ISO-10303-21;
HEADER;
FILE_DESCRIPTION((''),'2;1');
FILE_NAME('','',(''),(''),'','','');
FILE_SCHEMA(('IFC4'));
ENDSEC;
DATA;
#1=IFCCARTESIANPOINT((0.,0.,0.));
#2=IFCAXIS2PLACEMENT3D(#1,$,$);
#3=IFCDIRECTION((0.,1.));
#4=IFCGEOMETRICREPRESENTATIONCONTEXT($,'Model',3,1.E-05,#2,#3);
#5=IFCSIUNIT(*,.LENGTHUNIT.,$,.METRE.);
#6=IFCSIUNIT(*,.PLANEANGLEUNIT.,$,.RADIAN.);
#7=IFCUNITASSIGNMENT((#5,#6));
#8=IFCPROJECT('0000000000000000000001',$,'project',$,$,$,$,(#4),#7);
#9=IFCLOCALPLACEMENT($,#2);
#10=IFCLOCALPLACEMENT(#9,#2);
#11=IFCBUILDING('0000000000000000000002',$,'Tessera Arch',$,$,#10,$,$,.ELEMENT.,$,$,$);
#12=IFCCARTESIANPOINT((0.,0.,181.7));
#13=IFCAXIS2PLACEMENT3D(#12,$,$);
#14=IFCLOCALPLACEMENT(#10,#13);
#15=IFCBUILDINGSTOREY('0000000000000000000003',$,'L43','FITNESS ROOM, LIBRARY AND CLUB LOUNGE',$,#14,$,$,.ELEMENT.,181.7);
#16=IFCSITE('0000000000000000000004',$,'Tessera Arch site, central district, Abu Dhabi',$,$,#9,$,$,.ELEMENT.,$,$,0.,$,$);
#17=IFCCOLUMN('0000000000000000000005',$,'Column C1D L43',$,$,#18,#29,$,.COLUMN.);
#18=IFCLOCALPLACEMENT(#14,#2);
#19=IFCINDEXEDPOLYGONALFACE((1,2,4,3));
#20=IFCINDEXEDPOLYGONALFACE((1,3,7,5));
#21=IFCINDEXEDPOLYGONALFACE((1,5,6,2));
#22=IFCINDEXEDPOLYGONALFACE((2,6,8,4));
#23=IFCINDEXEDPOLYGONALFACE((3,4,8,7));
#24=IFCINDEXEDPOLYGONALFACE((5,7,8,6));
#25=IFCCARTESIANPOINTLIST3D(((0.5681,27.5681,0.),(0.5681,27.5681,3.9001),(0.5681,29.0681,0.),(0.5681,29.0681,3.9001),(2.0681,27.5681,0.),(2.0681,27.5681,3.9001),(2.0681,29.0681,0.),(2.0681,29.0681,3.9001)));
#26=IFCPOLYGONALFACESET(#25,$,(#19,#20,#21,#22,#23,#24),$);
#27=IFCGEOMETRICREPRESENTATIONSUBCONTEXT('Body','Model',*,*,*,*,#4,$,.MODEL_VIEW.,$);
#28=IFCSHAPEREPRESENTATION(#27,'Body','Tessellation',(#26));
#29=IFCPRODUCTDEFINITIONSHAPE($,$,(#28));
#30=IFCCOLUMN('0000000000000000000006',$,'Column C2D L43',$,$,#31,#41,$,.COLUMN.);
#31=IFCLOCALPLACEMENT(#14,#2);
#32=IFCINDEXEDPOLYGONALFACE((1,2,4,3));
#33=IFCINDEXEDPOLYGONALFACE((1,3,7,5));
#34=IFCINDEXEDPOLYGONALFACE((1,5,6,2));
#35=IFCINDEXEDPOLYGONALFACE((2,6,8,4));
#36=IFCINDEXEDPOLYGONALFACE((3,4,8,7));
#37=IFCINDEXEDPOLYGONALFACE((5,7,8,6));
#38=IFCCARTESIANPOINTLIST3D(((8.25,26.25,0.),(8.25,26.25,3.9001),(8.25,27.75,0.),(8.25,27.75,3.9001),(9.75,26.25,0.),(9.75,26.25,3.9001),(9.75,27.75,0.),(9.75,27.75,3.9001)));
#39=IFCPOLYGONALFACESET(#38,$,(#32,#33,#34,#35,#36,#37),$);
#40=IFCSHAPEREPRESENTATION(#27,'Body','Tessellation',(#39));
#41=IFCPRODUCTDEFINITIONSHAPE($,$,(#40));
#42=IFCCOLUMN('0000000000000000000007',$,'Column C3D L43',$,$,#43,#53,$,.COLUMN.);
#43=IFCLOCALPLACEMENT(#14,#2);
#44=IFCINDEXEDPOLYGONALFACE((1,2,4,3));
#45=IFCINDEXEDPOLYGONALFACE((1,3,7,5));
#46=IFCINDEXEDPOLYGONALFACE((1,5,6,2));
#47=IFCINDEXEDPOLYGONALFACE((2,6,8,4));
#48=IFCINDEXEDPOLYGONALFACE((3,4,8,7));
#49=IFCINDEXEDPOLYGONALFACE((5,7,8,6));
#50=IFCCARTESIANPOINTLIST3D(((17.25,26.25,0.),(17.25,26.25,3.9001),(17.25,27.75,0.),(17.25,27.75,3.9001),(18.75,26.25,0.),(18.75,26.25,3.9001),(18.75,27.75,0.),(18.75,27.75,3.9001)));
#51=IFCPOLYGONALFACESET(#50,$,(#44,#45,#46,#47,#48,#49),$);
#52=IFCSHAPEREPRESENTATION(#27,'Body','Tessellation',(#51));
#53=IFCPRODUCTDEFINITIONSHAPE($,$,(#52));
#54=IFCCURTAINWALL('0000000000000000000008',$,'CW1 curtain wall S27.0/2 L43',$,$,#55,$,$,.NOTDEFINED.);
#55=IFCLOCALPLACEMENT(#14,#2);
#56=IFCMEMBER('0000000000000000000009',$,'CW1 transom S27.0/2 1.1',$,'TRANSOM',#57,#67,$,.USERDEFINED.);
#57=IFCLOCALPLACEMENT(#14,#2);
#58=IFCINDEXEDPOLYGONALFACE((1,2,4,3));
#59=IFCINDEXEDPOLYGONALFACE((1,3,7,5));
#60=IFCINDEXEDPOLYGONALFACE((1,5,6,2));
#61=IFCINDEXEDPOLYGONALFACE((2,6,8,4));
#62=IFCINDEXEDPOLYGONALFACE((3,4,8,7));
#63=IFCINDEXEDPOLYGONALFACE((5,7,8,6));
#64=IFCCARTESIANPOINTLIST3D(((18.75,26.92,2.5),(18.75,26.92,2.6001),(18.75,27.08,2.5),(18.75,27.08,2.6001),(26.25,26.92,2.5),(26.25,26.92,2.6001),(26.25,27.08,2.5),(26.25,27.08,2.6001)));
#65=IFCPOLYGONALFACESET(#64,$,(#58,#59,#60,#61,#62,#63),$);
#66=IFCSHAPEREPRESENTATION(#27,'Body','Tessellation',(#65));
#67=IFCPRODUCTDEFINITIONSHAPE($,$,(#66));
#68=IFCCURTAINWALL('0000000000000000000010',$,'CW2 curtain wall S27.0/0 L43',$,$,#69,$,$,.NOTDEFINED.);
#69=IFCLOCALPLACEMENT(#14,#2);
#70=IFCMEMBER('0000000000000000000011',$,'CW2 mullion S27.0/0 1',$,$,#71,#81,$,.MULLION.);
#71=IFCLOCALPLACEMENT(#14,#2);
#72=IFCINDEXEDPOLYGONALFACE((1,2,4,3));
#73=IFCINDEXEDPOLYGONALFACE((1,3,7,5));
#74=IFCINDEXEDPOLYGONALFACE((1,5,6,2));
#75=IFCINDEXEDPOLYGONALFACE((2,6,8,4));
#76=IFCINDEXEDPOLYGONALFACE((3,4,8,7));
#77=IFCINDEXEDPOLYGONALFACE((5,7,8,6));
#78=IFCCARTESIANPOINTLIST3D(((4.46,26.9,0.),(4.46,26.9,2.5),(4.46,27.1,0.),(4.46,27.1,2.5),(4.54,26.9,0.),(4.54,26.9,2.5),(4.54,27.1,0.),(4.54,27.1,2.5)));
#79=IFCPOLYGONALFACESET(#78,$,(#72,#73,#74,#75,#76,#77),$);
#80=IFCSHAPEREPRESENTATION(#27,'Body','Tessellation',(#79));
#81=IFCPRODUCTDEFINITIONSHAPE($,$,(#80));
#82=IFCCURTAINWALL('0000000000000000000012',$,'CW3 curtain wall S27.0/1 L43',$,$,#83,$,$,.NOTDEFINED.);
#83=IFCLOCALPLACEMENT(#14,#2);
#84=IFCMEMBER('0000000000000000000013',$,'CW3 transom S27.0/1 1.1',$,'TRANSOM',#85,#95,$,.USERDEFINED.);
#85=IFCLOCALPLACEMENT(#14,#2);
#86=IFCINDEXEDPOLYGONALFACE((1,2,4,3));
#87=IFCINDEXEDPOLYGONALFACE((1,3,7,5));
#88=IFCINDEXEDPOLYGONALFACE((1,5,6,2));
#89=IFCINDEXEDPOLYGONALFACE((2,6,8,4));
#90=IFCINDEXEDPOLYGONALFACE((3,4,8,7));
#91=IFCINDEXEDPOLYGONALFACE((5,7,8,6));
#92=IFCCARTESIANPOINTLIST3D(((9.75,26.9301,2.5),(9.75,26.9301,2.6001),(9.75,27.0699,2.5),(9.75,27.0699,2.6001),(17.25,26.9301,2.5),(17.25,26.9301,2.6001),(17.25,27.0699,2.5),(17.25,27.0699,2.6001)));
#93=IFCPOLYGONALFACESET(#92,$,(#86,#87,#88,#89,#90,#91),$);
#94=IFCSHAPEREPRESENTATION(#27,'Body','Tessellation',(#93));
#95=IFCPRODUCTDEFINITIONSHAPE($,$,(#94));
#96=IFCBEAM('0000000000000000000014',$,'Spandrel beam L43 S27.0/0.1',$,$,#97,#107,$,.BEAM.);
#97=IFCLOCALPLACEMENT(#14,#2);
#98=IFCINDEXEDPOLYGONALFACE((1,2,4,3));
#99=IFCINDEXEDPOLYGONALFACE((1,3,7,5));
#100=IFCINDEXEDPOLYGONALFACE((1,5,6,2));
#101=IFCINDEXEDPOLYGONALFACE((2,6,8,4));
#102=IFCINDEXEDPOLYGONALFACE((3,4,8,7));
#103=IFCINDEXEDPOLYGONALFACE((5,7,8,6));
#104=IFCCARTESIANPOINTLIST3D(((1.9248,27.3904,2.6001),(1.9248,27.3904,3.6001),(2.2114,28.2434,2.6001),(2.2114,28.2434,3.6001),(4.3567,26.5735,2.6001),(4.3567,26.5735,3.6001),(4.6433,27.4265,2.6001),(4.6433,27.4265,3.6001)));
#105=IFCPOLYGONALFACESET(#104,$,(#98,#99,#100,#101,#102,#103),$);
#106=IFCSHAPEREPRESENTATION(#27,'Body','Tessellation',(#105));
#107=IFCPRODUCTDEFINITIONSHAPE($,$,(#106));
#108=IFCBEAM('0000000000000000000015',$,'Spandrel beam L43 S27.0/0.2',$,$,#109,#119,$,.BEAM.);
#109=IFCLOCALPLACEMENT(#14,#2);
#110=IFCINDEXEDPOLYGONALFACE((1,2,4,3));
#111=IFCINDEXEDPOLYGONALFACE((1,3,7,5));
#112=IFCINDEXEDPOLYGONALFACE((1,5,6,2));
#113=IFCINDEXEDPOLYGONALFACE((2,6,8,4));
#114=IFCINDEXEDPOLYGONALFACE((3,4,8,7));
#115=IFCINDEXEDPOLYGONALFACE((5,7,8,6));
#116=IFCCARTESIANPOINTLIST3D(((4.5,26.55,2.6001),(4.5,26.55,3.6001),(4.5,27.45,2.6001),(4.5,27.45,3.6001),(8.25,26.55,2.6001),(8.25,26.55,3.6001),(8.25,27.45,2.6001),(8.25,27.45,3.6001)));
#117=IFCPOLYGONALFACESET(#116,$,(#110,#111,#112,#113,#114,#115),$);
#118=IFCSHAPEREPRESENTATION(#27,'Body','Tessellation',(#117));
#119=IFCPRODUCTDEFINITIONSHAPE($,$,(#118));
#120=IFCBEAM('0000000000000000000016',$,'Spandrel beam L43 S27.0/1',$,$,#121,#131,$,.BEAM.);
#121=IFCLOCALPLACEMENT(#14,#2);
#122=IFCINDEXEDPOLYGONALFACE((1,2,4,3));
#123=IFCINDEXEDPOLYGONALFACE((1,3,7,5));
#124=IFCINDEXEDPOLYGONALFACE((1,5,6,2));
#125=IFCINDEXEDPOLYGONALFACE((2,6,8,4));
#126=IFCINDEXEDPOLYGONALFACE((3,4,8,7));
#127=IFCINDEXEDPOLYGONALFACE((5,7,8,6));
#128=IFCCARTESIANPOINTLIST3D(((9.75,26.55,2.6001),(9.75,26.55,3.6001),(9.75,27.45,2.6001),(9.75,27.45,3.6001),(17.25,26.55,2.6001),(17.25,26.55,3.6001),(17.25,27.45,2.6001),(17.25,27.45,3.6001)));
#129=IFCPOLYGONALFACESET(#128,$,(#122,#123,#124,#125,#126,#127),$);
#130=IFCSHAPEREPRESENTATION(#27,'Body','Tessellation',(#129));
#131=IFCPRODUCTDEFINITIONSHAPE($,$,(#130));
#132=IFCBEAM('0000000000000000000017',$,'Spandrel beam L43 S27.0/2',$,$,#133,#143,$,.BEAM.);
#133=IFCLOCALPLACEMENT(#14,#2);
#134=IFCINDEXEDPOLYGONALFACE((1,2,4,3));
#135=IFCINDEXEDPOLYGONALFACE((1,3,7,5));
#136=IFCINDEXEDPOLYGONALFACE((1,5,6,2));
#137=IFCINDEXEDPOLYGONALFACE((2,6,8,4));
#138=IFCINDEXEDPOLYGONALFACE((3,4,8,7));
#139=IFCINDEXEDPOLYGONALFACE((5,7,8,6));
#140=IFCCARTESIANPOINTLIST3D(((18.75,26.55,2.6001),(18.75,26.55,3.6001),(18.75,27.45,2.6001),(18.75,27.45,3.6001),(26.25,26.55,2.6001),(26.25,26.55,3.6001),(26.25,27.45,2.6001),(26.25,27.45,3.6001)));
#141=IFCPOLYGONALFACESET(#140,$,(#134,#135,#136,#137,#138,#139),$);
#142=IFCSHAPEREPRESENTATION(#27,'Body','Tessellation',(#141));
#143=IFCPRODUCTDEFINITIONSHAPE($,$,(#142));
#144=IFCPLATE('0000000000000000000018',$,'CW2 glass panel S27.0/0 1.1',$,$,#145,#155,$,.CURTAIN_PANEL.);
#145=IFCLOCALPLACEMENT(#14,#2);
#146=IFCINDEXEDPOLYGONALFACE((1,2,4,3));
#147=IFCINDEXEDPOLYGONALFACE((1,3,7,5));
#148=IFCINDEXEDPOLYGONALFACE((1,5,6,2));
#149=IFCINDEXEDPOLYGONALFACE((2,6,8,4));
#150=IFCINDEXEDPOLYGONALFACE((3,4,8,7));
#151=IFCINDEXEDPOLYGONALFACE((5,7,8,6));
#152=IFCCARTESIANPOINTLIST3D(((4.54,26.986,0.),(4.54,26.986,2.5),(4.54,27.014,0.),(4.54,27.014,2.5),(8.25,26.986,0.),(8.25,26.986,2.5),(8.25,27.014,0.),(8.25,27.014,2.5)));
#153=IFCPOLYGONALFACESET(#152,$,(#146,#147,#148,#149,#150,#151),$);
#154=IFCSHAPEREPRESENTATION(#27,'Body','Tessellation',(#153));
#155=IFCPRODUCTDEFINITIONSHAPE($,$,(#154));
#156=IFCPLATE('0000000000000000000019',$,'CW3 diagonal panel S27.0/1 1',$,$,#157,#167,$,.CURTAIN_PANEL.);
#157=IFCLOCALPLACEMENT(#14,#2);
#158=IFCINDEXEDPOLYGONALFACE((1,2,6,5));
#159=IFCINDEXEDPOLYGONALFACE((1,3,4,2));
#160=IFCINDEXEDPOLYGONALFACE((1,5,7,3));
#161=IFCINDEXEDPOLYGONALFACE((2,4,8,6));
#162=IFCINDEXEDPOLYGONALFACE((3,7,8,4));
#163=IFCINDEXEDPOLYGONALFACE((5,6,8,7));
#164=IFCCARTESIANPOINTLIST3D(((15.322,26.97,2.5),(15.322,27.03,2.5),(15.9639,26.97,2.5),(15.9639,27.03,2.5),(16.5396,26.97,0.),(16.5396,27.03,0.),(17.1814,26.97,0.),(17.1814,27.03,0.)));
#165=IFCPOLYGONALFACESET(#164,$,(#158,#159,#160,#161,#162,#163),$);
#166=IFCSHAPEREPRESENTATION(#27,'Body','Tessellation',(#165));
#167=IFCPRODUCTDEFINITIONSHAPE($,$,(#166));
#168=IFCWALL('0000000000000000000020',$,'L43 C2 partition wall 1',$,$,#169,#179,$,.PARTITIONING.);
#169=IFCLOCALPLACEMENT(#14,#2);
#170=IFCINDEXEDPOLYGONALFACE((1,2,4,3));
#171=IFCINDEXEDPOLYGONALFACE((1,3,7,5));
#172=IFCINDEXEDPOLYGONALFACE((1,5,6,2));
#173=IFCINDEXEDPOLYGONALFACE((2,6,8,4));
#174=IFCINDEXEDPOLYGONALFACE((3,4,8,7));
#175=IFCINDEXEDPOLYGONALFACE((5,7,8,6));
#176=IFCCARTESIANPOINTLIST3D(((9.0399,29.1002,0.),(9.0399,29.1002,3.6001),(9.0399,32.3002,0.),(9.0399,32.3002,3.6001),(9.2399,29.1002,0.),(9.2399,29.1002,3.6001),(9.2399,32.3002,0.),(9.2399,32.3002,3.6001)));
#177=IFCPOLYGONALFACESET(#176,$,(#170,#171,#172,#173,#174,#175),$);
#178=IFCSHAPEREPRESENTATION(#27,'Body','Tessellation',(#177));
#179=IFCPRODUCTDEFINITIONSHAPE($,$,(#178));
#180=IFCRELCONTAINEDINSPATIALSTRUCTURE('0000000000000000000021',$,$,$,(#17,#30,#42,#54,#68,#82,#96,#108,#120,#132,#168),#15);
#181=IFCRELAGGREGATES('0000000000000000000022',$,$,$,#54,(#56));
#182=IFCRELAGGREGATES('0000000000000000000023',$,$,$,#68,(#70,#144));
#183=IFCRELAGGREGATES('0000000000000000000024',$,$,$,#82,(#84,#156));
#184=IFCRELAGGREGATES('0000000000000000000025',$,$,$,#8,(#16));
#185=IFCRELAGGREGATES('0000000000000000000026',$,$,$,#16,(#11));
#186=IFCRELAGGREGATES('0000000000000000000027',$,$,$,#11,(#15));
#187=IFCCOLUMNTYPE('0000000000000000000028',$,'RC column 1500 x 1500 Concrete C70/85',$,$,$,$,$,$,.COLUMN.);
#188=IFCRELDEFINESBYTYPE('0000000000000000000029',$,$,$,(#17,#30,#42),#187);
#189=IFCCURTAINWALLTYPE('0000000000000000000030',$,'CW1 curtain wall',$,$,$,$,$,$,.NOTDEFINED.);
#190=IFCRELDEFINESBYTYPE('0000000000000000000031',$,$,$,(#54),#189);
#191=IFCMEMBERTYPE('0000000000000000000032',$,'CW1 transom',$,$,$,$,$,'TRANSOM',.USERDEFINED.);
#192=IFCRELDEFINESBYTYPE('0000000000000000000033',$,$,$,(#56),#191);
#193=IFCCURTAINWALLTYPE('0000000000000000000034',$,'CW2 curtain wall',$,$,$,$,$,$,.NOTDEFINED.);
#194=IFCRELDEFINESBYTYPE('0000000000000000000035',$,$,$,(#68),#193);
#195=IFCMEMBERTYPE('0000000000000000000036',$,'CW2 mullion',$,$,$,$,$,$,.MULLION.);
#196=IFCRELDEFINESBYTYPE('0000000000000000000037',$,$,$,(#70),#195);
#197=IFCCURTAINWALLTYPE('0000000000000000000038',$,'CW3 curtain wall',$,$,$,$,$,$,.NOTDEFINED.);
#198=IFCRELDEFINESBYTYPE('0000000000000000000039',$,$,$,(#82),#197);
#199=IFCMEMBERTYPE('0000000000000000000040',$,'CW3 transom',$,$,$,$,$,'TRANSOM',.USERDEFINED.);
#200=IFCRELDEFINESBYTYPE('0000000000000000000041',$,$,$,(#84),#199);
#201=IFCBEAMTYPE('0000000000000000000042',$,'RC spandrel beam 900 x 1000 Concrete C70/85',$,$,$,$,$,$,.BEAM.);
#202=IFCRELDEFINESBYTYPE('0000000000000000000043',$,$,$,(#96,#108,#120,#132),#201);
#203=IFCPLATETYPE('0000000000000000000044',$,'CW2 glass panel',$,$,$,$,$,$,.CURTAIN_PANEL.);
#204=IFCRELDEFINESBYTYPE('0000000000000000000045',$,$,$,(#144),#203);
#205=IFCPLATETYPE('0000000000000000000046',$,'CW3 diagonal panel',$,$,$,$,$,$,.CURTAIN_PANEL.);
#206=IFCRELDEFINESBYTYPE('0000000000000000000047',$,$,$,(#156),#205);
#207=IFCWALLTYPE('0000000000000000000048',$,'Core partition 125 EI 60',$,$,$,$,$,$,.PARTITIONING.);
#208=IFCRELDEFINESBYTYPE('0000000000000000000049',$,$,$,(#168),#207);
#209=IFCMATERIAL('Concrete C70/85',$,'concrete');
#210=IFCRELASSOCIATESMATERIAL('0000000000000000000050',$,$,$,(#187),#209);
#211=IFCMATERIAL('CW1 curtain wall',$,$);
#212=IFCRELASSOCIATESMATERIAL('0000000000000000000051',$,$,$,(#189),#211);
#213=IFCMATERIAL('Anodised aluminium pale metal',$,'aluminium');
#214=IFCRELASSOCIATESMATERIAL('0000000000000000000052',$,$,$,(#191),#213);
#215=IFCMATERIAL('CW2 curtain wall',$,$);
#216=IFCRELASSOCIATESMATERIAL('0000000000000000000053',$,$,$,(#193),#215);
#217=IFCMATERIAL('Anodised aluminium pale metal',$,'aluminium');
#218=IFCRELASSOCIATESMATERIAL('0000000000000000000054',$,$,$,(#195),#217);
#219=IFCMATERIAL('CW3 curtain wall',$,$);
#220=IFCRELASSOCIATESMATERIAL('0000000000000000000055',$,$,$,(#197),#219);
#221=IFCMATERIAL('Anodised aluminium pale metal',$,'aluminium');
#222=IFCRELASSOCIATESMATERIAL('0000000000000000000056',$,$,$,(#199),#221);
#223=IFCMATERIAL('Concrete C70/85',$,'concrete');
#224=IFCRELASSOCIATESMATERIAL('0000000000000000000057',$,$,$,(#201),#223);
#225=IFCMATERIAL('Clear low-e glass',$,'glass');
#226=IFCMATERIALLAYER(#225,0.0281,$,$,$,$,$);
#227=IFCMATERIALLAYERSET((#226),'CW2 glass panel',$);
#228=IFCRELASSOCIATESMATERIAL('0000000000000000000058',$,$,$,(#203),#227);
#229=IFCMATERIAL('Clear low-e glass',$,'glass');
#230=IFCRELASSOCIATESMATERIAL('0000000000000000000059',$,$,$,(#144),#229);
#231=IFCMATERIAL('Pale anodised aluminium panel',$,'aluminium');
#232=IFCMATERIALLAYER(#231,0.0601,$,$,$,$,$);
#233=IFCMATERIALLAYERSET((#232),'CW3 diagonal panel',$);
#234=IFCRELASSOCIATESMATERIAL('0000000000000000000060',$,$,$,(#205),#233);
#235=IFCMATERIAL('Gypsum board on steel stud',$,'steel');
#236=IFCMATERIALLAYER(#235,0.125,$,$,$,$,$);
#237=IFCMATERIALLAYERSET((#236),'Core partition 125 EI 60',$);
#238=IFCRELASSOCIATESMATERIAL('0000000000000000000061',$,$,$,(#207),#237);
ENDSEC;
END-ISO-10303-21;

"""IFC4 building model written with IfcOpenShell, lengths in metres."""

from ifc_helpers import new_model, si_unit, direction, frame, frame_2d, origin, origin_2d, place, context, subcontext, project, spatial, polyline, rectangle, outline, extrude, material, layer, layer_set, material_profile, profile_set, type_object, element, aggregate, save


model = new_model("IFC4")

# Units and contexts
model_context = context("Model", 3, precision=1e-05, world=origin(), true_north=direction((0.0, 1.0)))
body_context = subcontext(model_context, "Body", "Model", "MODEL_VIEW")
ifc_project = project(units=[si_unit("LENGTHUNIT", "METRE"), si_unit("PLANEANGLEUNIT", "RADIAN")], contexts=[model_context])

# Site, building, storey
site_placement = place(None, origin())
site = spatial("IfcSite", under=ifc_project, at=site_placement, Name="Tessera Arch site, central district, Abu Dhabi", CompositionType="ELEMENT", RefElevation=0.0)
building_placement = place(site_placement, origin())
building = spatial("IfcBuilding", under=site, at=building_placement, Name="Tessera Arch", CompositionType="ELEMENT")
storey_placement = place(building_placement, frame((0.0, 0.0, 181.7)))
storey = spatial("IfcBuildingStorey", under=building, at=storey_placement, Name="L43", Description="FITNESS ROOM, LIBRARY AND CLUB LOUNGE", CompositionType="ELEMENT", Elevation=181.7)

# Columns
ifc_material_1 = material(Name="Concrete C70/85", Category="concrete")
ifc_material_profile_1 = material_profile(ifc_material_1, rectangle(XDim=1.5, YDim=1.5, at=origin_2d()), Name="RC column 1500 x 1500 Concrete C70/85")
ifc_profile_set_1 = profile_set([ifc_material_profile_1], Name="Concrete C70/85")
column_type = type_object("IfcColumnType", Name="RC column 1500 x 1500 Concrete C70/85", PredefinedType="COLUMN", material=ifc_profile_set_1)
for number, where, z_axis, x_axis, name in (
    (1, (1.3181, 28.3181, 0.0), (0.0, 0.0, 1.0), (1.0, 0.0, 0.0), "Column C1D L43"),
    (2, (9.0, 27.0, 0.0), (0.0, 0.0, 1.0), (1.0, 0.0, 0.0), "Column C2D L43"),
    (3, (18.0, 27.0, 0.0), (0.0, 0.0, 1.0), (1.0, 0.0, 0.0), "Column C3D L43"),
):
    element("IfcColumn", number, at=place(storey_placement, frame(where, z_axis=z_axis, x_axis=x_axis)), inside=storey, type_object=column_type, Name=name, PredefinedType="COLUMN", context=body_context, shape_type="SweptSolid", body=[
        extrude(rectangle(XDim=1.5, YDim=1.5, at=origin_2d()), origin(), (0.0, 0.0, 1.0), 3.9001),
    ])

# Curtain walls, members
ifc_material_2 = material(Name="CW1 curtain wall")
curtain_wall_type_1 = type_object("IfcCurtainWallType", Name="CW1 curtain wall", PredefinedType="NOTDEFINED", material=ifc_material_2)
curtain_wall_1_placement = place(storey_placement, origin())
curtain_wall_1 = element("IfcCurtainWall", 4, at=curtain_wall_1_placement, inside=storey, type_object=curtain_wall_type_1, Name="CW1 curtain wall S27.0/2 L43", PredefinedType="NOTDEFINED")
ifc_material_3 = material(Name="Anodised aluminium pale metal", Category="aluminium")
ifc_material_profile_2 = material_profile(ifc_material_3, rectangle(XDim=0.1599, YDim=0.1001, at=origin_2d()), Name="AL 160x100")
ifc_profile_set_2 = profile_set([ifc_material_profile_2], Name="Anodised aluminium pale metal")
member_type_1 = type_object("IfcMemberType", Name="CW1 transom", ElementType="TRANSOM", PredefinedType="USERDEFINED", material=ifc_profile_set_2)
member_1_placement = place(storey_placement, frame((18.75, 27.0, 2.55), z_axis=(1.0, 0.0, 0.0), x_axis=(0.0, 1.0, 0.0)))
member_1 = element("IfcMember", 5, at=member_1_placement, type_object=member_type_1, Name="CW1 transom S27.0/2 1.1", ObjectType="TRANSOM", PredefinedType="USERDEFINED", context=body_context, shape_type="SweptSolid", body=[
    extrude(rectangle(XDim=0.1599, YDim=0.1001, at=origin_2d()), origin(), (0.0, 0.0, 1.0), 7.5),
])
aggregate(curtain_wall_1, [member_1])
ifc_material_4 = material(Name="CW2 curtain wall")
curtain_wall_type_2 = type_object("IfcCurtainWallType", Name="CW2 curtain wall", PredefinedType="NOTDEFINED", material=ifc_material_4)
curtain_wall_2_placement = place(storey_placement, origin())
curtain_wall_2 = element("IfcCurtainWall", 6, at=curtain_wall_2_placement, inside=storey, type_object=curtain_wall_type_2, Name="CW2 curtain wall S27.0/0 L43", PredefinedType="NOTDEFINED")
ifc_material_5 = material(Name="Anodised aluminium pale metal", Category="aluminium")
ifc_material_profile_3 = material_profile(ifc_material_5, rectangle(XDim=0.2, YDim=0.0801, at=origin_2d()), Name="AL 80x200")
ifc_profile_set_3 = profile_set([ifc_material_profile_3], Name="Anodised aluminium pale metal")
member_type_2 = type_object("IfcMemberType", Name="CW2 mullion", PredefinedType="MULLION", material=ifc_profile_set_3)
member_2_placement = place(storey_placement, frame((4.5, 27.0, 0.0), z_axis=(0.0, 0.0, 1.0), x_axis=(0.0, 1.0, 0.0)))
member_2 = element("IfcMember", 7, at=member_2_placement, type_object=member_type_2, Name="CW2 mullion S27.0/0 1", PredefinedType="MULLION", context=body_context, shape_type="SweptSolid", body=[
    extrude(rectangle(XDim=0.2, YDim=0.0801, at=origin_2d()), origin(), (0.0, 0.0, 1.0), 2.5),
])
ifc_material_6 = material(Name="CW3 curtain wall")
curtain_wall_type_3 = type_object("IfcCurtainWallType", Name="CW3 curtain wall", PredefinedType="NOTDEFINED", material=ifc_material_6)
curtain_wall_3_placement = place(storey_placement, origin())
curtain_wall_3 = element("IfcCurtainWall", 8, at=curtain_wall_3_placement, inside=storey, type_object=curtain_wall_type_3, Name="CW3 curtain wall S27.0/1 L43", PredefinedType="NOTDEFINED")
ifc_material_7 = material(Name="Anodised aluminium pale metal", Category="aluminium")
ifc_material_profile_4 = material_profile(ifc_material_7, rectangle(XDim=0.1399, YDim=0.1001, at=origin_2d()), Name="AL 140x100")
ifc_profile_set_4 = profile_set([ifc_material_profile_4], Name="Anodised aluminium pale metal")
member_type_3 = type_object("IfcMemberType", Name="CW3 transom", ElementType="TRANSOM", PredefinedType="USERDEFINED", material=ifc_profile_set_4)
member_3_placement = place(storey_placement, frame((9.75, 27.0, 2.55), z_axis=(1.0, 0.0, 0.0), x_axis=(0.0, 1.0, 0.0)))
member_3 = element("IfcMember", 9, at=member_3_placement, type_object=member_type_3, Name="CW3 transom S27.0/1 1.1", ObjectType="TRANSOM", PredefinedType="USERDEFINED", context=body_context, shape_type="SweptSolid", body=[
    extrude(rectangle(XDim=0.1399, YDim=0.1001, at=origin_2d()), origin(), (0.0, 0.0, 1.0), 7.5),
])

# Beams
ifc_material_8 = material(Name="Concrete C70/85", Category="concrete")
ifc_material_profile_5 = material_profile(ifc_material_8, rectangle(XDim=0.8999, YDim=1.0, at=origin_2d()), Name="RC spandrel beam 900 x 1000 Concrete C70/85")
ifc_profile_set_5 = profile_set([ifc_material_profile_5], Name="Concrete C70/85")
beam_type = type_object("IfcBeamType", Name="RC spandrel beam 900 x 1000 Concrete C70/85", PredefinedType="BEAM", material=ifc_profile_set_5)
beam_1_placement = place(storey_placement, frame((2.0681, 27.8169, 3.1001), z_axis=(0.947948, -0.318425, 0.0), x_axis=(0.318425, 0.947948, 0.0)))
element("IfcBeam", 10, at=beam_1_placement, inside=storey, type_object=beam_type, Name="Spandrel beam L43 S27.0/0.1", PredefinedType="BEAM", context=body_context, shape_type="SweptSolid", body=[
    extrude(rectangle(XDim=0.8999, YDim=1.0, at=origin_2d()), origin(), (0.0, 0.0, 1.0), 2.5654),
])
beam_2_placement = place(storey_placement, frame((4.5, 27.0, 3.1001), z_axis=(1.0, 0.0, 0.0), x_axis=(0.0, 1.0, 0.0)))
element("IfcBeam", 11, at=beam_2_placement, inside=storey, type_object=beam_type, Name="Spandrel beam L43 S27.0/0.2", PredefinedType="BEAM", context=body_context, shape_type="SweptSolid", body=[
    extrude(rectangle(XDim=0.8999, YDim=1.0, at=origin_2d()), origin(), (0.0, 0.0, 1.0), 3.75),
])
for number, where, z_axis, x_axis, name in (
    (12, (9.75, 27.0, 3.1001), (1.0, 0.0, 0.0), (0.0, 1.0, 0.0), "Spandrel beam L43 S27.0/1"),
    (13, (18.75, 27.0, 3.1001), (1.0, 0.0, 0.0), (0.0, 1.0, 0.0), "Spandrel beam L43 S27.0/2"),
):
    element("IfcBeam", number, at=place(storey_placement, frame(where, z_axis=z_axis, x_axis=x_axis)), inside=storey, type_object=beam_type, Name=name, PredefinedType="BEAM", context=body_context, shape_type="SweptSolid", body=[
        extrude(rectangle(XDim=0.8999, YDim=1.0, at=origin_2d()), origin(), (0.0, 0.0, 1.0), 7.5),
    ])

# Plates
ifc_material_9 = material(Name="Clear low-e glass", Category="glass")
ifc_material_10 = material(Name="Clear low-e glass", Category="glass")
ifc_layer_1 = layer(ifc_material_10, 0.0281)
ifc_layer_set_1 = layer_set([ifc_layer_1], Name="CW2 glass panel")
plate_type_1 = type_object("IfcPlateType", Name="CW2 glass panel", PredefinedType="CURTAIN_PANEL", material=ifc_layer_set_1)
plate_1_placement = place(storey_placement, frame((6.395, 27.0, 0.0), z_axis=(0.0, 0.0, 1.0), x_axis=(1.0, 0.0, 0.0)))
plate_1 = element("IfcPlate", 14, at=plate_1_placement, type_object=plate_type_1, material=ifc_material_9, Name="CW2 glass panel S27.0/0 1.1", PredefinedType="CURTAIN_PANEL", context=body_context, shape_type="SweptSolid", body=[
    extrude(rectangle(XDim=3.71, YDim=0.0281, at=origin_2d()), origin(), (0.0, 0.0, 1.0), 2.5),
])
aggregate(curtain_wall_2, [member_2, plate_1])
ifc_material_11 = material(Name="Pale anodised aluminium panel", Category="aluminium")
ifc_layer_2 = layer(ifc_material_11, 0.0601)
ifc_layer_set_2 = layer_set([ifc_layer_2], Name="CW3 diagonal panel")
plate_type_2 = type_object("IfcPlateType", Name="CW3 diagonal panel", PredefinedType="CURTAIN_PANEL", material=ifc_layer_set_2)
plate_2_placement = place(storey_placement, frame((15.9639, 26.97, 2.5), z_axis=(0.0, -1.0, 0.0), x_axis=(-1.0, 0.0, 0.0)))
plate_2 = element("IfcPlate", 15, at=plate_2_placement, type_object=plate_type_2, Name="CW3 diagonal panel S27.0/1 1", PredefinedType="CURTAIN_PANEL", context=body_context, shape_type="SweptSolid", body=[
    extrude(outline(polyline([(0.0, 0.0), (0.6418, 0.0), (-0.5757, 2.5), (-1.2175, 2.5), (0.0, 0.0)])), origin(), (0.0, 0.0, -1.0), 0.0601),
])
aggregate(curtain_wall_3, [member_3, plate_2])

# Wall
ifc_material_12 = material(Name="Gypsum board on steel stud", Category="steel")
ifc_layer_3 = layer(ifc_material_12, 0.125)
ifc_layer_set_3 = layer_set([ifc_layer_3], Name="Core partition 125 EI 60")
wall_type_1 = type_object("IfcWallType", Name="Core partition 125 EI 60", PredefinedType="PARTITIONING", material=ifc_layer_set_3)
wall_1_placement = place(storey_placement, frame((9.1399, 29.1001, 0.0), z_axis=(0.0, 0.0, 1.0), x_axis=(0.0, 1.0, 0.0)))
element("IfcWall", 16, at=wall_1_placement, inside=storey, type_object=wall_type_1, Name="L43 C2 partition wall 1", PredefinedType="PARTITIONING", context=body_context, shape_type="SweptSolid", body=[
    extrude(rectangle(XDim=3.2, YDim=0.2, at=frame_2d((1.6001, 0.0))), origin(), (0.0, 0.0, 1.0), 3.6001),
])

save(model, "model.ifc")
